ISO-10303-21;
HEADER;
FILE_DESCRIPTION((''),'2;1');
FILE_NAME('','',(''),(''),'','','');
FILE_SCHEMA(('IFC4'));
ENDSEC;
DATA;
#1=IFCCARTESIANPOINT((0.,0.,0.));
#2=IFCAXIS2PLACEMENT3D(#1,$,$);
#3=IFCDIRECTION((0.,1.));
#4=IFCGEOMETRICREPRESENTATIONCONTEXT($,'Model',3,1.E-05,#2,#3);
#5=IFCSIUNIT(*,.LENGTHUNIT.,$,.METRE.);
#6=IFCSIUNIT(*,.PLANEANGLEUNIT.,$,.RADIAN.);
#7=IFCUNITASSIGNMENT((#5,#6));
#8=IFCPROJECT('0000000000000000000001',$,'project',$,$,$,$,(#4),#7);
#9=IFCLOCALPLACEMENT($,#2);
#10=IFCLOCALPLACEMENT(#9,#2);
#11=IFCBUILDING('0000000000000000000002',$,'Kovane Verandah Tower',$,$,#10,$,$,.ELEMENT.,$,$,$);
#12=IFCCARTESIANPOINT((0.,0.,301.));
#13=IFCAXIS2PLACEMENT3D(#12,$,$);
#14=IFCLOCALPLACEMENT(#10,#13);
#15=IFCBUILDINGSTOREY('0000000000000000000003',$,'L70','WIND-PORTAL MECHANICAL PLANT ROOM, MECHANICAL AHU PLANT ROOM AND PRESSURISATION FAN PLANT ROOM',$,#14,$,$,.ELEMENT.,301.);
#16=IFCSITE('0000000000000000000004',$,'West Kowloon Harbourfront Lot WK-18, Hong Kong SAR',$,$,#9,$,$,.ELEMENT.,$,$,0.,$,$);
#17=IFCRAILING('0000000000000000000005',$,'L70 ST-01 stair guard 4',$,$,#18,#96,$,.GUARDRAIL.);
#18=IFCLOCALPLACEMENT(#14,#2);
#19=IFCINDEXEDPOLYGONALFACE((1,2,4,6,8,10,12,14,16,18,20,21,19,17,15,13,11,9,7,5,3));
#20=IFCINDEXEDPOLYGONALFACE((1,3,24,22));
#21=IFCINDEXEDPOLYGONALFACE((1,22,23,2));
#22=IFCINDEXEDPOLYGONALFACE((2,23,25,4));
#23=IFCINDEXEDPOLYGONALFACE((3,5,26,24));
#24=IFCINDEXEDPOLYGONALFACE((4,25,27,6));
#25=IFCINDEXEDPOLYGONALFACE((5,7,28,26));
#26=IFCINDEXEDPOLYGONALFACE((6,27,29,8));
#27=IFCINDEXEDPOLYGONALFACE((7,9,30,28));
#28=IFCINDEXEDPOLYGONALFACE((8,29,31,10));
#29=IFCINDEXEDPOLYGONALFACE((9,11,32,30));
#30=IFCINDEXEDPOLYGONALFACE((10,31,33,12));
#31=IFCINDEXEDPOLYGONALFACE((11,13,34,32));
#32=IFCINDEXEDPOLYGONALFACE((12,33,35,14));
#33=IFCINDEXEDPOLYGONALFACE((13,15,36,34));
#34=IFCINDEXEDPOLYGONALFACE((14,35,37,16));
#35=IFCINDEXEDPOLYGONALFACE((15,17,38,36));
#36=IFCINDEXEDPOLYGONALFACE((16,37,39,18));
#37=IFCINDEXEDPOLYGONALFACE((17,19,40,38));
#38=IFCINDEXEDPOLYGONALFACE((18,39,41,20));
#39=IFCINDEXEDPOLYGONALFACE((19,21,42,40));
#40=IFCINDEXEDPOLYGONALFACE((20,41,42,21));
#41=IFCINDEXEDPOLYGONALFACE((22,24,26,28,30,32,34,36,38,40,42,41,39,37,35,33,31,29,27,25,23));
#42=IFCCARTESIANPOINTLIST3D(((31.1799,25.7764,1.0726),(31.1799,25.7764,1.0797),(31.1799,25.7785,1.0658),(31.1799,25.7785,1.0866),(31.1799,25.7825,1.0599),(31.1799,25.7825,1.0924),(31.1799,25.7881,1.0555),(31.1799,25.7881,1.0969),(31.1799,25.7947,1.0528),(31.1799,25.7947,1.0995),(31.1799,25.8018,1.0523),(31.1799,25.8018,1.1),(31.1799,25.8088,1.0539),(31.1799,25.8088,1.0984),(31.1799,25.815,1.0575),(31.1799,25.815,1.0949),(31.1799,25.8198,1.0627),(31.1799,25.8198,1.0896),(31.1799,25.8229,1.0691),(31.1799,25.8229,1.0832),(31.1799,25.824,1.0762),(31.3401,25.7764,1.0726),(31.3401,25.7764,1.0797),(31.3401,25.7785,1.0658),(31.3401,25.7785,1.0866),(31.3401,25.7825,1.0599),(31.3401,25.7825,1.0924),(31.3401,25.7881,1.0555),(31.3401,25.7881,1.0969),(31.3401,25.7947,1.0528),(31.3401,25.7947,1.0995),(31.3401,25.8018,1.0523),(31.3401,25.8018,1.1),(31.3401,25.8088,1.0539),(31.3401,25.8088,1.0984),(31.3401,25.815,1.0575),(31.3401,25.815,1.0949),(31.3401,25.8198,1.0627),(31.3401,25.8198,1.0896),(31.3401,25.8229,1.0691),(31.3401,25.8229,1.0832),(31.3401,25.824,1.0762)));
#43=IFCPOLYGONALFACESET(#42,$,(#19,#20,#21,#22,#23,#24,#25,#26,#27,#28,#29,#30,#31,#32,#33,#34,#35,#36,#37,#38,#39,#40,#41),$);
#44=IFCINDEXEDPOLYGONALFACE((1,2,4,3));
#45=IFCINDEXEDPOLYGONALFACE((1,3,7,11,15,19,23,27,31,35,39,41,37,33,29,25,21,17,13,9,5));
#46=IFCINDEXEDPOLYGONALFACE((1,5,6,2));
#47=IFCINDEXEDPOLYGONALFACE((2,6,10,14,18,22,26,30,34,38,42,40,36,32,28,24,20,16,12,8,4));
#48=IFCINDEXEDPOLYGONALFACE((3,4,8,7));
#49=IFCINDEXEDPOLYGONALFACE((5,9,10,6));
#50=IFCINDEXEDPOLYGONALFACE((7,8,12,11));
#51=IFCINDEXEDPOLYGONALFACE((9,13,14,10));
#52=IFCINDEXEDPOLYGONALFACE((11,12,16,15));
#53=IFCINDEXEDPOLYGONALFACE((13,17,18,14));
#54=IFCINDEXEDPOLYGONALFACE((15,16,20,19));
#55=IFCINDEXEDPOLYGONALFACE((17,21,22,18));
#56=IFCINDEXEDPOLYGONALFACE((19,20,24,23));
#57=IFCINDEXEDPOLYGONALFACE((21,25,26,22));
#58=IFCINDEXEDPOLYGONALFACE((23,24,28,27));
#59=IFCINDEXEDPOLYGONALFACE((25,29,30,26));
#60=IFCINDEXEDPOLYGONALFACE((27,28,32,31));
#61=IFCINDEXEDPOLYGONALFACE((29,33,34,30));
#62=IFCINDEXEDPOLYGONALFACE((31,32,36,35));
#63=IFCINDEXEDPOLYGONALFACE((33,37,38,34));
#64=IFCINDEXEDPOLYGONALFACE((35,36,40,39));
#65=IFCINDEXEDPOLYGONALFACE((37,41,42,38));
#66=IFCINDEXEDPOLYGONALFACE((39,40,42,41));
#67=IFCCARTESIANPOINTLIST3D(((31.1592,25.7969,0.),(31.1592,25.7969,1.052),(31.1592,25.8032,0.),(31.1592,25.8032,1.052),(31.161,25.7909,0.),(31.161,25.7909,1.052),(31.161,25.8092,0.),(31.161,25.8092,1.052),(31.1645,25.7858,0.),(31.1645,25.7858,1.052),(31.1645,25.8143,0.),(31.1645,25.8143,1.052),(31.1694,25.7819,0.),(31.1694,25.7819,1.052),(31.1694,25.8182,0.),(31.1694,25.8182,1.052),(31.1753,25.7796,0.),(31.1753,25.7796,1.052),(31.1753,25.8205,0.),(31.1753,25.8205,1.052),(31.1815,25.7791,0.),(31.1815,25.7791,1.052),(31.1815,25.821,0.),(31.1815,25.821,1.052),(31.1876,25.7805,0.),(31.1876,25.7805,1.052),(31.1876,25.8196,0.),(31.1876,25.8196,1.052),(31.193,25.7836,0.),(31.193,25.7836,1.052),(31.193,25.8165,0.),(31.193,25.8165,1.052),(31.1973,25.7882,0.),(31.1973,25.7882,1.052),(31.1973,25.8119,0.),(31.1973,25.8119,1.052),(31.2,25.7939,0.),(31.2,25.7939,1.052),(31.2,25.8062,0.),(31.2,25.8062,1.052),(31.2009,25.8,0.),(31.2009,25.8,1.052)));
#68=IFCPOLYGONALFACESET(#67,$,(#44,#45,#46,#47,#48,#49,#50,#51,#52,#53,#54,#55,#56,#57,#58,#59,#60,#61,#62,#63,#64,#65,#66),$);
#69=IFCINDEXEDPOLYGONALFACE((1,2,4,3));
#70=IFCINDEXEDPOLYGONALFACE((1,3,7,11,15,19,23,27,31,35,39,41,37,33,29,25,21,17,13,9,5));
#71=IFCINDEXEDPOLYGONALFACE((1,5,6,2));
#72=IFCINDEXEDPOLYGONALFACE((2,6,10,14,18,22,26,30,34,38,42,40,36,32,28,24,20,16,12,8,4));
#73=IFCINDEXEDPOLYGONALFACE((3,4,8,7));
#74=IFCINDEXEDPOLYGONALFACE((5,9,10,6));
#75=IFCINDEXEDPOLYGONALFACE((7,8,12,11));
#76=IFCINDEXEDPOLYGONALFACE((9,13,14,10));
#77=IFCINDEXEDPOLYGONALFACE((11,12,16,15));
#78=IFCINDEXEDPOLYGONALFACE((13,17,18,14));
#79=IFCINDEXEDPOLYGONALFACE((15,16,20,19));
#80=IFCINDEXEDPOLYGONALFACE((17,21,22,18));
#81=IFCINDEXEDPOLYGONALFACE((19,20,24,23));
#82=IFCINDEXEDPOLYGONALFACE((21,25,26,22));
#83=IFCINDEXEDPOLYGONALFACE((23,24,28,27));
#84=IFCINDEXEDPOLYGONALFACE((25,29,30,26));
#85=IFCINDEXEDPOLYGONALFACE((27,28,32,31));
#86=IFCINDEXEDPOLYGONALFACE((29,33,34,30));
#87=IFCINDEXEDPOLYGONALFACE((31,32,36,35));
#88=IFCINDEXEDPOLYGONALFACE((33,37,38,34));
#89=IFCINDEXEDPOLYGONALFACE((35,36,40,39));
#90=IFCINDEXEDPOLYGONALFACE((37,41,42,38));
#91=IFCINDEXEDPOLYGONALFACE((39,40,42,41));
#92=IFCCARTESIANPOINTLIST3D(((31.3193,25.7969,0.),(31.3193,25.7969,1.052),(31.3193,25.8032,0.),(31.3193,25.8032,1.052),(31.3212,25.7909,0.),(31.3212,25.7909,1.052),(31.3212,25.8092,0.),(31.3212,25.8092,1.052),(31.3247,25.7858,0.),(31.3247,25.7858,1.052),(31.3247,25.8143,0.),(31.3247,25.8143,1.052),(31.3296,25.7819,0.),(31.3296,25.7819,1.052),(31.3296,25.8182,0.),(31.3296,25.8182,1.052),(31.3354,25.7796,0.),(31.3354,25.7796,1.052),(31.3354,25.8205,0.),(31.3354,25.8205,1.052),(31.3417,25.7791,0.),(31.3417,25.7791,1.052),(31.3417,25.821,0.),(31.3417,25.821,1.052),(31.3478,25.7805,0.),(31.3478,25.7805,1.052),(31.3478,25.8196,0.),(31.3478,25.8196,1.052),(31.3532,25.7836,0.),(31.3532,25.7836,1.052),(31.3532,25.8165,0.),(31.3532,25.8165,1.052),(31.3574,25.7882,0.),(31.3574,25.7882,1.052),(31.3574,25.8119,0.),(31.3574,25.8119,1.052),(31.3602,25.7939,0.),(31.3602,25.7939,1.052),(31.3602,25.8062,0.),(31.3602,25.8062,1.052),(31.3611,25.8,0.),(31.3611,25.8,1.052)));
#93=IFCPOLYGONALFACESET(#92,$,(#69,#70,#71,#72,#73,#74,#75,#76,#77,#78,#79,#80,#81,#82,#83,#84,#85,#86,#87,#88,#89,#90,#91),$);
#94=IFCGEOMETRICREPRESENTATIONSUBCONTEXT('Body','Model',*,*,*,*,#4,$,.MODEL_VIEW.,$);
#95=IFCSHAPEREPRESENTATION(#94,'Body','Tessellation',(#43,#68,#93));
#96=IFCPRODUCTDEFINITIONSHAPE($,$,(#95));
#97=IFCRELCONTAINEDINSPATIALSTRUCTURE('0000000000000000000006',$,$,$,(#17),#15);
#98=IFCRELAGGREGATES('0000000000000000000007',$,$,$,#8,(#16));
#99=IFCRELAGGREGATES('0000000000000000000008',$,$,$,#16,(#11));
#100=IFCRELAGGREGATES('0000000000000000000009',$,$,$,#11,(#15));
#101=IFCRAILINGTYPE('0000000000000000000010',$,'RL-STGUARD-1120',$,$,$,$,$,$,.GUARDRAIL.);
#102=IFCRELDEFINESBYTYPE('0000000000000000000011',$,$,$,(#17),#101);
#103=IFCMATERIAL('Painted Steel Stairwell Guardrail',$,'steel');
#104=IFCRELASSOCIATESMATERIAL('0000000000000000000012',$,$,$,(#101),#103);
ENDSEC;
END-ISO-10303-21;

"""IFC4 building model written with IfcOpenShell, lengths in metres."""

from ifc_helpers import new_model, si_unit, direction, frame, origin, origin_2d, place, context, subcontext, project, spatial, circle, extrude, material, type_object, element, save


model = new_model("IFC4")

# Units and contexts
model_context = context("Model", 3, precision=1e-05, world=origin(), true_north=direction((0.0, 1.0)))
body_context = subcontext(model_context, "Body", "Model", "MODEL_VIEW")
ifc_project = project(units=[si_unit("LENGTHUNIT", "METRE"), si_unit("PLANEANGLEUNIT", "RADIAN")], contexts=[model_context])

# Site, building, storey
site_placement = place(None, origin())
site = spatial("IfcSite", under=ifc_project, at=site_placement, Name="West Kowloon Harbourfront Lot WK-18, Hong Kong SAR", CompositionType="ELEMENT", RefElevation=0.0)
building_placement = place(site_placement, origin())
building = spatial("IfcBuilding", under=site, at=building_placement, Name="Kovane Verandah Tower", CompositionType="ELEMENT")
storey_placement = place(building_placement, frame((0.0, 0.0, 301.0)))
storey = spatial("IfcBuildingStorey", under=building, at=storey_placement, Name="L70", Description="WIND-PORTAL MECHANICAL PLANT ROOM, MECHANICAL AHU PLANT ROOM AND PRESSURISATION FAN PLANT ROOM", CompositionType="ELEMENT", Elevation=301.0)

# Railing
ifc_material_1 = material(Name="Painted Steel Stairwell Guardrail", Category="steel")
railing_type_1 = type_object("IfcRailingType", Name="RL-STGUARD-1120", PredefinedType="GUARDRAIL", material=ifc_material_1)
railing_1_placement = place(storey_placement, frame((31.1799, 25.8, 0.0)))
element("IfcRailing", 1, at=railing_1_placement, inside=storey, type_object=railing_type_1, Name="L70 ST-01 stair guard 4", PredefinedType="GUARDRAIL", context=body_context, shape_type="SweptSolid", body=[
    extrude(circle(Radius=0.0239, at=origin_2d()), frame((0.0, 0.0, 1.0762), z_axis=(1.0, 0.0, 0.0), x_axis=(0.0, 1.0, 0.0)), (0.0, 0.0, 1.0), 0.1602),
    extrude(circle(Radius=0.021, at=origin_2d()), origin(), (0.0, 0.0, 1.0), 1.052),
    extrude(circle(Radius=0.021, at=origin_2d()), frame((0.1602, 0.0, 0.0)), (0.0, 0.0, 1.0), 1.052),
])

save(model, "model.ifc")
